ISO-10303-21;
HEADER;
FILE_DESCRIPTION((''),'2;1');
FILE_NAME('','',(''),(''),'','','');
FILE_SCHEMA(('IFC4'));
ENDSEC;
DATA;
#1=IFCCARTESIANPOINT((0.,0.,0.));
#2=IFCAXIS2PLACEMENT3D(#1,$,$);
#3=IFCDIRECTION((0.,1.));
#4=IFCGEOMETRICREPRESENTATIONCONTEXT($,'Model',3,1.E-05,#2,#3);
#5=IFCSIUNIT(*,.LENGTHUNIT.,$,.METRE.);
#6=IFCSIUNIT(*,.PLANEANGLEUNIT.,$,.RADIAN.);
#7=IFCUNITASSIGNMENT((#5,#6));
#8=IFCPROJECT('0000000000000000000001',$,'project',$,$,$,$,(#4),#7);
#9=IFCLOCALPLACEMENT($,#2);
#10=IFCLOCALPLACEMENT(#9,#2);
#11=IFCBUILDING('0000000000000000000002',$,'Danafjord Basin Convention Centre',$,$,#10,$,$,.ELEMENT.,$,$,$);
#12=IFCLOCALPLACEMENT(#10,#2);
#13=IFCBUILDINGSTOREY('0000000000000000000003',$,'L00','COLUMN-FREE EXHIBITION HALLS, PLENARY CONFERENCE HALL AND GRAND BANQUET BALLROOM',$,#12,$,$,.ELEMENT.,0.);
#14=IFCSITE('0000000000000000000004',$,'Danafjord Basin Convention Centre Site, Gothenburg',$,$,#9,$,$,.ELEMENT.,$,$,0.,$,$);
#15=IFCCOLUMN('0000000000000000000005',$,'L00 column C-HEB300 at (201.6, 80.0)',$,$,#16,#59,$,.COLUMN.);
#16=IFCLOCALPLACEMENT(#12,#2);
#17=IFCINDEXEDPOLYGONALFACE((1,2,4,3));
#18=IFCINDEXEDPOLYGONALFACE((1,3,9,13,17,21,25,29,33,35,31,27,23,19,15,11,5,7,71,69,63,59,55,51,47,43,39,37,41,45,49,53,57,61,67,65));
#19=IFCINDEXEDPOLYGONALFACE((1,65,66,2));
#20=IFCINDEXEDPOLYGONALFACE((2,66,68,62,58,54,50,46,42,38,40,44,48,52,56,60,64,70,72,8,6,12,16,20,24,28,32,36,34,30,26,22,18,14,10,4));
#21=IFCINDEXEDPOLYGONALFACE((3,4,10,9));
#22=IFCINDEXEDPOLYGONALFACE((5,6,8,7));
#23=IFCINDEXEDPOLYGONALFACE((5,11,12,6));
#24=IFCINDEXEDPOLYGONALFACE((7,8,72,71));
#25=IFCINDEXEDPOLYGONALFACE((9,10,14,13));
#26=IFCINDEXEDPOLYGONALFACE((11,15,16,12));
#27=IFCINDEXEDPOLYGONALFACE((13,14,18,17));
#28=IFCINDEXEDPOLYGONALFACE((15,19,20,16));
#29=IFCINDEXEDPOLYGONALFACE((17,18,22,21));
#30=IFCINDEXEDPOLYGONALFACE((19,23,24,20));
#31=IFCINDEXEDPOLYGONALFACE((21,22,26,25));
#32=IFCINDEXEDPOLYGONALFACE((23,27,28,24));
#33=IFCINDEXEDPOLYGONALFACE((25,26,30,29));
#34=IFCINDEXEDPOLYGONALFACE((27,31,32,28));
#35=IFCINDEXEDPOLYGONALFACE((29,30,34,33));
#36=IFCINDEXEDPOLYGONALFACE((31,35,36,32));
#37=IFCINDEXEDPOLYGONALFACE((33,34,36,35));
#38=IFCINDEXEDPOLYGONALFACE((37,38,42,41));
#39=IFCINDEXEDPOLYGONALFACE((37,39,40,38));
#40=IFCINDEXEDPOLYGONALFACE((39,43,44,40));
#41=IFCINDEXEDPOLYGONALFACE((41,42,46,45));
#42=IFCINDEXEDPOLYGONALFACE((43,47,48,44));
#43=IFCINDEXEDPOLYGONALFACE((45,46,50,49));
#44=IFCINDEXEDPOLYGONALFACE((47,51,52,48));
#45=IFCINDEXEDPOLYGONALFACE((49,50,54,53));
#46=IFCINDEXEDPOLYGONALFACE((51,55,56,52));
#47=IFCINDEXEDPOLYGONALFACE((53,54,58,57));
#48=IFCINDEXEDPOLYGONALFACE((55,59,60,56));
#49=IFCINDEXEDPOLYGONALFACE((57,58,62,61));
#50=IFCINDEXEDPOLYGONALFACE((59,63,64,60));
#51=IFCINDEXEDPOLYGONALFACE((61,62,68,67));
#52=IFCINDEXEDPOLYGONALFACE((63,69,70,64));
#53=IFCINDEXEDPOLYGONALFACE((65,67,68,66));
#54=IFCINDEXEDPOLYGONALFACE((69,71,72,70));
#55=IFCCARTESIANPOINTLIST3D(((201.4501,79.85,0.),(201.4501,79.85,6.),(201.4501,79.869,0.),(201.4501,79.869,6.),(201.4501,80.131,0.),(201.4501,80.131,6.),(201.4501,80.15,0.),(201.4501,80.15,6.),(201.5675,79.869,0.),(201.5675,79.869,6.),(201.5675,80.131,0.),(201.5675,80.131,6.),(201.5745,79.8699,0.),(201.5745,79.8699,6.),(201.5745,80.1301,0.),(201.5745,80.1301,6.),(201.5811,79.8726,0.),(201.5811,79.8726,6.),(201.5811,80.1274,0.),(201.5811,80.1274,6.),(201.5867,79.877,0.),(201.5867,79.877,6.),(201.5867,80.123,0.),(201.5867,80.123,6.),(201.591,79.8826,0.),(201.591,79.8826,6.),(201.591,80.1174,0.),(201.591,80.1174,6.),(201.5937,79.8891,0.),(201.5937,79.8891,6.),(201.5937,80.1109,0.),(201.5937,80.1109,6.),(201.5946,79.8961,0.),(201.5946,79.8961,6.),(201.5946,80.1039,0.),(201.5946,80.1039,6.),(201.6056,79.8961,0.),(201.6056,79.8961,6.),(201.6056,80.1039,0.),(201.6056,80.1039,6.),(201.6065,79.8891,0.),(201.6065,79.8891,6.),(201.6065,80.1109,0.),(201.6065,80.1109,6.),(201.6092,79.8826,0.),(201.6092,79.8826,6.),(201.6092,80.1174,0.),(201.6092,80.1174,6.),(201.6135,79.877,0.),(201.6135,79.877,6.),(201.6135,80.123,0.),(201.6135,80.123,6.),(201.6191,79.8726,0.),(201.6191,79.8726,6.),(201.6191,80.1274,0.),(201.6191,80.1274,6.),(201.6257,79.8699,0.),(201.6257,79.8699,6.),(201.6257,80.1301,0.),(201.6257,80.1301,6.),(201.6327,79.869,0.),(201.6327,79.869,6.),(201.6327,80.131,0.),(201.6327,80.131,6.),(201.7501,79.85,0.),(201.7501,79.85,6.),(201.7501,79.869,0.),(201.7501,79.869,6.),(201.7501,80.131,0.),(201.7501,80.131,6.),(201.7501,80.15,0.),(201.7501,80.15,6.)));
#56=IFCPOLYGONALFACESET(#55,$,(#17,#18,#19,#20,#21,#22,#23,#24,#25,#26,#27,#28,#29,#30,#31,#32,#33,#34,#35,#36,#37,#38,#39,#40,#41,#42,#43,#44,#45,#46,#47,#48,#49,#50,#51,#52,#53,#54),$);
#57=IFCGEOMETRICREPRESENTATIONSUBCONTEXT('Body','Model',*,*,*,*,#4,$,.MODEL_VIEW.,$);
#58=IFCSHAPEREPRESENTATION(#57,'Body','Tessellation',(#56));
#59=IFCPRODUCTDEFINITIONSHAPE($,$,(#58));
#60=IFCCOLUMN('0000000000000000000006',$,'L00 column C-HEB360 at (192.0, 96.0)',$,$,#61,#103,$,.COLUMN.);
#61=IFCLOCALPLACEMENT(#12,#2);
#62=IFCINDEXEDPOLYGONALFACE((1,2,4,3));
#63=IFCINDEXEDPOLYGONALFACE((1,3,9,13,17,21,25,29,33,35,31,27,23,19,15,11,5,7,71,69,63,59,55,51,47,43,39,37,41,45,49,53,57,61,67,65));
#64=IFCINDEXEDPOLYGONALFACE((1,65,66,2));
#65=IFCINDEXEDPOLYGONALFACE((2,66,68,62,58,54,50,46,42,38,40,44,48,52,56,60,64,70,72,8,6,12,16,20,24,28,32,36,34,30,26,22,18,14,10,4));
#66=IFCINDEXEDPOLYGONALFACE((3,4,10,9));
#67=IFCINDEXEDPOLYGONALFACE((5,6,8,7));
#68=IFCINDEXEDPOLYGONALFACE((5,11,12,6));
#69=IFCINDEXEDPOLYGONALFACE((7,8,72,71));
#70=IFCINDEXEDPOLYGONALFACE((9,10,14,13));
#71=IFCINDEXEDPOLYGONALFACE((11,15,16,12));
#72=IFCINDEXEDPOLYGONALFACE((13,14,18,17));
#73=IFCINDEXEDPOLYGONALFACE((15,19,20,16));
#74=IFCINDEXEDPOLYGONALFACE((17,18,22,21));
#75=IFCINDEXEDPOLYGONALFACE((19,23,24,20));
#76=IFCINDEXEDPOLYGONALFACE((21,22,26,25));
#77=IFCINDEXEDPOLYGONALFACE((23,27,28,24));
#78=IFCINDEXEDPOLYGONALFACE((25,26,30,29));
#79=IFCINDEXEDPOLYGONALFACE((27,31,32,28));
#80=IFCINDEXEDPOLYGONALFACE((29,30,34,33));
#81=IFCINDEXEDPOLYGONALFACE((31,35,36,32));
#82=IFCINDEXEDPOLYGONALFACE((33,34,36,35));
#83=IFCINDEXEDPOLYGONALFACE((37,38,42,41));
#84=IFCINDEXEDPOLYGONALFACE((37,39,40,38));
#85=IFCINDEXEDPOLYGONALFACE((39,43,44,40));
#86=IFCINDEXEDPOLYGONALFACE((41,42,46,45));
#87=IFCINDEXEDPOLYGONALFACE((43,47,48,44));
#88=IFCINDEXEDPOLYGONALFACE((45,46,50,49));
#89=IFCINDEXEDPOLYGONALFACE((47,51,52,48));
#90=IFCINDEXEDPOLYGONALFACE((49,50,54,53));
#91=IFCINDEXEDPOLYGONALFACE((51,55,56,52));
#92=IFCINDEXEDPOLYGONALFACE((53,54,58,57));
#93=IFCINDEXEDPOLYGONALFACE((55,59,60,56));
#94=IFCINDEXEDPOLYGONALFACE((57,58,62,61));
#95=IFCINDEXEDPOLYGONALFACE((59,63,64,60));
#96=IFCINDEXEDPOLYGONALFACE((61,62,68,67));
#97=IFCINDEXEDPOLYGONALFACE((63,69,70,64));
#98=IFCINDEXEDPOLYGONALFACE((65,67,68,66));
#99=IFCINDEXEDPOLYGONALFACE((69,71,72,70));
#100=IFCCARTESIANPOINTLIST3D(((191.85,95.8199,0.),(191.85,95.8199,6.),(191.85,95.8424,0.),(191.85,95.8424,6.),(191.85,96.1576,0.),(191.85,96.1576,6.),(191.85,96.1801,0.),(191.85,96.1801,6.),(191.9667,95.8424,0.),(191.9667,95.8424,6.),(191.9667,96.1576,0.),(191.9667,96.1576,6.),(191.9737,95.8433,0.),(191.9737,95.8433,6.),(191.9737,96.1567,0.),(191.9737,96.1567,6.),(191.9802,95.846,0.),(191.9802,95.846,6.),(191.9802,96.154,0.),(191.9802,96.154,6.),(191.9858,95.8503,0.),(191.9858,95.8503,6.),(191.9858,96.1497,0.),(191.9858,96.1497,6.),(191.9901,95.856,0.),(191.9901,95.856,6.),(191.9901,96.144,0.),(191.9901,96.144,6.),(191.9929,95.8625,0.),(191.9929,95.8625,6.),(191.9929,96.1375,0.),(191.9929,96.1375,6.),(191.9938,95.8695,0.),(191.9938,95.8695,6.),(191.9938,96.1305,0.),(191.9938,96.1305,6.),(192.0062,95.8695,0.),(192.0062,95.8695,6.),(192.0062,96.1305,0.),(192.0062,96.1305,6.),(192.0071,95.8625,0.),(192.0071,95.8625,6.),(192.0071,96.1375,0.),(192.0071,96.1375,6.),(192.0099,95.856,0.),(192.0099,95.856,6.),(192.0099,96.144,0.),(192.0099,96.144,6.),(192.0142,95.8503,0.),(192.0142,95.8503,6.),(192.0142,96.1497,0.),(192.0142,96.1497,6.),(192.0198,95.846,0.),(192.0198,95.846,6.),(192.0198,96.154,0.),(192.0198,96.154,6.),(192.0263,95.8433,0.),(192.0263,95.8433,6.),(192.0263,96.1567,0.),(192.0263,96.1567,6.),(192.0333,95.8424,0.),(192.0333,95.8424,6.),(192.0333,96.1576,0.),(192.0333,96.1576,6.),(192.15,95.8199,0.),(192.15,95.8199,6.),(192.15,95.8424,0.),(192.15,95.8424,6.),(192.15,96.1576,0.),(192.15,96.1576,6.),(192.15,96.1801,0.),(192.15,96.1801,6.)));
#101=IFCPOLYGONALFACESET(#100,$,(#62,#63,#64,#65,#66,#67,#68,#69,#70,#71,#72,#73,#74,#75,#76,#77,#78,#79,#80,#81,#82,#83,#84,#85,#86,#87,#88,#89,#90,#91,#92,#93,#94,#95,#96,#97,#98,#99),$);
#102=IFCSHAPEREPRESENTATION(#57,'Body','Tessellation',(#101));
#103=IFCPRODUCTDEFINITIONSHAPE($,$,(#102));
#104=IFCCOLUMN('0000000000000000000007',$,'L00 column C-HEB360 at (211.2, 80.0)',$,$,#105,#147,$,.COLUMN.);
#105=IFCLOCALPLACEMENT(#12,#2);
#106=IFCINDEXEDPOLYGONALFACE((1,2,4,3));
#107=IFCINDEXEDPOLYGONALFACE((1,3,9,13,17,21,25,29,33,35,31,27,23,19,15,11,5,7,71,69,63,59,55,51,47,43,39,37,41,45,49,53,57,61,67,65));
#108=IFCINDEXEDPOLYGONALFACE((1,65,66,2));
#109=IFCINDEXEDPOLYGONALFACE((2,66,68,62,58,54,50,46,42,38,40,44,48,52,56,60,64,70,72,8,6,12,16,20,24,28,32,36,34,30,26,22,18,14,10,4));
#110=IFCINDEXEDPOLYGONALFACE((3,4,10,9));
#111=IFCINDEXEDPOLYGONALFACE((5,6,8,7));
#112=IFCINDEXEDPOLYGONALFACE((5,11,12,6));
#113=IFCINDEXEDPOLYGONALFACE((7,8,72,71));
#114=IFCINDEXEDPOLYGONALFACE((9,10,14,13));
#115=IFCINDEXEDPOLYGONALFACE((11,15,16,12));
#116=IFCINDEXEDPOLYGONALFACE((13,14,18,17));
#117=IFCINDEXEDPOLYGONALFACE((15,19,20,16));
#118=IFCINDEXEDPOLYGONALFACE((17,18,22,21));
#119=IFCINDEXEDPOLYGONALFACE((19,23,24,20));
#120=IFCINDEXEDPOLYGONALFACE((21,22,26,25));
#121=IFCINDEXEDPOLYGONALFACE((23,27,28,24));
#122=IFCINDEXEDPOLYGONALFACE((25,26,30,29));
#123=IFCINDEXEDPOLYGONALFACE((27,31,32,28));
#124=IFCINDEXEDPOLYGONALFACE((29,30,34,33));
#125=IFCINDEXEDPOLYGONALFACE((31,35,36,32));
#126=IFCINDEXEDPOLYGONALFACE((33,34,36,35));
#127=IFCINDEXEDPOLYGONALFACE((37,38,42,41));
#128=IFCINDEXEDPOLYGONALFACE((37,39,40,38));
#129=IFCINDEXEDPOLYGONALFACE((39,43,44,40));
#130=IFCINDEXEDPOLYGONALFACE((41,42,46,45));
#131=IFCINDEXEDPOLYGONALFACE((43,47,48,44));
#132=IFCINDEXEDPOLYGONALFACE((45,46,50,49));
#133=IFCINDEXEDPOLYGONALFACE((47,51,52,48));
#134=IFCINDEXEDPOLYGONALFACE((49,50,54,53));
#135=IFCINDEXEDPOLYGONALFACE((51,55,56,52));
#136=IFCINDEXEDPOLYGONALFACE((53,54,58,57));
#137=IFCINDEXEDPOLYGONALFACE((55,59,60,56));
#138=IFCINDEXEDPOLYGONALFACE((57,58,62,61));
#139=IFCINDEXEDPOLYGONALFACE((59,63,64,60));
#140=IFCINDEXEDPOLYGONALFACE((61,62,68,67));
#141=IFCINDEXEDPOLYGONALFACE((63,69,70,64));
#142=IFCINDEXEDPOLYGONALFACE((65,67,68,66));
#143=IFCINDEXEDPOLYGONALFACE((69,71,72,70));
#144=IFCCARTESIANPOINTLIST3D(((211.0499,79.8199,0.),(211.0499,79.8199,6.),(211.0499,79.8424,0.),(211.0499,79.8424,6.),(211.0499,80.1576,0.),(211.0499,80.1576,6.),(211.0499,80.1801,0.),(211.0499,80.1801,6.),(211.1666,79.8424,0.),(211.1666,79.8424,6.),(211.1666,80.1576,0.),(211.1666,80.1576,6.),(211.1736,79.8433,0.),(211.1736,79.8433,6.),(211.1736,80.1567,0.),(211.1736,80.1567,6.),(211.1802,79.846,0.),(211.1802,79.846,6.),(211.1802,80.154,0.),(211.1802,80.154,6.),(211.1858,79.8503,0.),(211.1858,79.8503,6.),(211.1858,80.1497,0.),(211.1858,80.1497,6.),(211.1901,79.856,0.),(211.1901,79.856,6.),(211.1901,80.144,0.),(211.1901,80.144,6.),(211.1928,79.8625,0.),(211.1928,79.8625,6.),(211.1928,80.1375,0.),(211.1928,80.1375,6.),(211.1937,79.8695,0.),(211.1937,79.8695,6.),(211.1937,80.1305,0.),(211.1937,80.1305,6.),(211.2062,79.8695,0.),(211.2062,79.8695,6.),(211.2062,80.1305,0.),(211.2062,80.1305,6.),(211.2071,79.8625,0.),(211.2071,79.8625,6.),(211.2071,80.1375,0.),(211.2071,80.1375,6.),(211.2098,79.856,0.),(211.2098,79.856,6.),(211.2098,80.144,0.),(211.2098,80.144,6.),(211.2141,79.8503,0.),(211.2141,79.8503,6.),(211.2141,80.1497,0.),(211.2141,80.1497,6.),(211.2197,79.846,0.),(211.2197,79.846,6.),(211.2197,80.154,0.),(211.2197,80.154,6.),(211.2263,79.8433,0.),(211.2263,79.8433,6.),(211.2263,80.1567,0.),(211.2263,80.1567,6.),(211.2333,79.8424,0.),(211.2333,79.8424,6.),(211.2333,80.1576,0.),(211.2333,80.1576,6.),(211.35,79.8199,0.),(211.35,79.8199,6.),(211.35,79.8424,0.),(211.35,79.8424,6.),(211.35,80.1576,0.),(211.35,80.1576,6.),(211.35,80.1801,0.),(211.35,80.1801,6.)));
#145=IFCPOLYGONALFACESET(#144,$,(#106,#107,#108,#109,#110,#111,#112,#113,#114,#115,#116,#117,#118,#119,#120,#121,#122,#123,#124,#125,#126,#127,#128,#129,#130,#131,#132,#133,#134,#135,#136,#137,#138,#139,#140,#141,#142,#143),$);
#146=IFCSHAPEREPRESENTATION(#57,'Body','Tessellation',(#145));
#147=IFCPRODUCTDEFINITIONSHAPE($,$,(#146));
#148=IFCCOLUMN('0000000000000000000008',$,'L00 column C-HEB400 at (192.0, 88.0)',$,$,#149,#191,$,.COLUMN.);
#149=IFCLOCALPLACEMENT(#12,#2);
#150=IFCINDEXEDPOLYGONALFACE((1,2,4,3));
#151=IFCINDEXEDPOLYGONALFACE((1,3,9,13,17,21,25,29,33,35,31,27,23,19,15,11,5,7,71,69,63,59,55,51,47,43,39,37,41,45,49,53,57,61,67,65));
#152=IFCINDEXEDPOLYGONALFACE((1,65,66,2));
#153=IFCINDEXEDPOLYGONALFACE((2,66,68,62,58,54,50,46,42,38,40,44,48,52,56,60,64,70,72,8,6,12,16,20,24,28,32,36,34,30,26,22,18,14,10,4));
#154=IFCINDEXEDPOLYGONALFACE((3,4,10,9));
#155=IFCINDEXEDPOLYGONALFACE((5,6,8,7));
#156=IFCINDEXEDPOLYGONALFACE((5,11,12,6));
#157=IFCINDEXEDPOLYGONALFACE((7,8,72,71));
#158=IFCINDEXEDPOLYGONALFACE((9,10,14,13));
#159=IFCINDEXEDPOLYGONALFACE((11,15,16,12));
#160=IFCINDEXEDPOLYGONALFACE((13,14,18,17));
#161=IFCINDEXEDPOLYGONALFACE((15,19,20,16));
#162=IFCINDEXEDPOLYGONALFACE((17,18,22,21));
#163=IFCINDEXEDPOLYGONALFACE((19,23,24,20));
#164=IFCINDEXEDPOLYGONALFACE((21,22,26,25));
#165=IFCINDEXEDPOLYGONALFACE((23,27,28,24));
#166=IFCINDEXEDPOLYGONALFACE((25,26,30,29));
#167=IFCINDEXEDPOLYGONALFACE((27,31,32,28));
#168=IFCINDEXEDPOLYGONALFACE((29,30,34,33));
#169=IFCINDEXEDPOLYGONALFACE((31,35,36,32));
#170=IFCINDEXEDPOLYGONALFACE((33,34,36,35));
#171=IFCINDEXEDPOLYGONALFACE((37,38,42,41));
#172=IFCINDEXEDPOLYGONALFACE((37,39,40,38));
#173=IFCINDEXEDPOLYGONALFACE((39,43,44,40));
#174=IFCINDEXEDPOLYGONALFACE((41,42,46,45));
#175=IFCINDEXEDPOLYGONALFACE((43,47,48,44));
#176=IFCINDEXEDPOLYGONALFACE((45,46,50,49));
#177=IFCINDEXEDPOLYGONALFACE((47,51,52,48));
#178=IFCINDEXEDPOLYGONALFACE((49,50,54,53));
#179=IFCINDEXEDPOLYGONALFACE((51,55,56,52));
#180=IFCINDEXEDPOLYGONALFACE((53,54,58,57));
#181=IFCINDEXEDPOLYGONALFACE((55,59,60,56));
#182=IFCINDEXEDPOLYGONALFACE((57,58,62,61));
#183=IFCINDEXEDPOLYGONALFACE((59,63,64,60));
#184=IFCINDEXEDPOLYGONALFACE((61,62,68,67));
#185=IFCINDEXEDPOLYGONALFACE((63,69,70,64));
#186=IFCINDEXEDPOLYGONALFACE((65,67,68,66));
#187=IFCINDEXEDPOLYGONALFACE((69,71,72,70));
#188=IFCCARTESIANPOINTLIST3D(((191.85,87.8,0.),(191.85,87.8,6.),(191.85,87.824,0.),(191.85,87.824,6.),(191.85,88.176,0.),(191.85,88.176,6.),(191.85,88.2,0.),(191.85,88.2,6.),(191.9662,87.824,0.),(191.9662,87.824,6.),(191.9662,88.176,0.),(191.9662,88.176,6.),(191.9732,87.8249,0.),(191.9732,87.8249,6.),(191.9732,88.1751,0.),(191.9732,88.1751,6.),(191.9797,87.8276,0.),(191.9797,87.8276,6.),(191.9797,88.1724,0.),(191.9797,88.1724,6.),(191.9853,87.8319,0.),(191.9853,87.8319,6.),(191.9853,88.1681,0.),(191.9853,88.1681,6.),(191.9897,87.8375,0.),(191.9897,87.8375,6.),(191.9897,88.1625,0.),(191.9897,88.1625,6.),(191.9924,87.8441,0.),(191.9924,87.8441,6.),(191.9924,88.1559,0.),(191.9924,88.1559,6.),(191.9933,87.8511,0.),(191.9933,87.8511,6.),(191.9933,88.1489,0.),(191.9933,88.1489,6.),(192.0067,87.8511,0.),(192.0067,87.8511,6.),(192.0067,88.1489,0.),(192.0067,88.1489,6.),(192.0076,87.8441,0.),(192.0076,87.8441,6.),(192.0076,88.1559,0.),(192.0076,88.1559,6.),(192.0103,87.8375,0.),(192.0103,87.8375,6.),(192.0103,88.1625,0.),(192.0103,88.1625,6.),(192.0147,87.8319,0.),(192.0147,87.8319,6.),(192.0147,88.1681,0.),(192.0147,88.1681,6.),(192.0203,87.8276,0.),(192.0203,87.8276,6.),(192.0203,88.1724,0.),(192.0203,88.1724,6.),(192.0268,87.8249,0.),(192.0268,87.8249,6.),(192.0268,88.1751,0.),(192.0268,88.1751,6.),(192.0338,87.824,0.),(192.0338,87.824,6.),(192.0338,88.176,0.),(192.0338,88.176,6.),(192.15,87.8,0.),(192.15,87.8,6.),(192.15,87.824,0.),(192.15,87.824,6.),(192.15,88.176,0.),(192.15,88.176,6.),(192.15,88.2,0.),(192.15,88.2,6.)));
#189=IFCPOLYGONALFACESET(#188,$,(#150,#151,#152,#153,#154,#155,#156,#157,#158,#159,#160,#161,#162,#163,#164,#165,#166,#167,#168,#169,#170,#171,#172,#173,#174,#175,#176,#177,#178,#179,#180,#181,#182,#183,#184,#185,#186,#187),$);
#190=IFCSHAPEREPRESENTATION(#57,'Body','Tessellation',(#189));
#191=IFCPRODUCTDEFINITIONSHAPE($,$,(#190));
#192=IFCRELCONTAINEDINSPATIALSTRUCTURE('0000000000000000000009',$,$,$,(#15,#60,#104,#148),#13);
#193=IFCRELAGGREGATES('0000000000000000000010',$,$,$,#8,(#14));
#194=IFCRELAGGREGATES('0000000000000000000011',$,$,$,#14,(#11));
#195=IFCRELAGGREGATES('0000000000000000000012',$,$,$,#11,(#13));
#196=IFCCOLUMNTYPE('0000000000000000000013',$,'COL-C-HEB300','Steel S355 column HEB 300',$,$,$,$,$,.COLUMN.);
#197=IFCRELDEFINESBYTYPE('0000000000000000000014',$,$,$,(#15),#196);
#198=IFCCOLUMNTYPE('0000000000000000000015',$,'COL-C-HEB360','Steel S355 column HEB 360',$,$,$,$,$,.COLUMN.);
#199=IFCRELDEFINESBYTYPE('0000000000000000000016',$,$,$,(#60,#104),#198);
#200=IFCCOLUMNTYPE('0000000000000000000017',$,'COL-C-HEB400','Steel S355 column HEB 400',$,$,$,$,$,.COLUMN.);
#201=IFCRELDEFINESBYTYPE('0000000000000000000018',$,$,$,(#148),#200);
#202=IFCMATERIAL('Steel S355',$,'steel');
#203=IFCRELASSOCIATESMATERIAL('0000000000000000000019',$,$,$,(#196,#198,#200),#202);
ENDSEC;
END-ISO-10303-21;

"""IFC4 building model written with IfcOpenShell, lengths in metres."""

from ifc_helpers import new_model, si_unit, direction, frame, origin, origin_2d, place, context, subcontext, project, spatial, i_section, extrude, material, material_profile, profile_set, type_object, element, save


model = new_model("IFC4")

# Units and contexts
model_context = context("Model", 3, precision=1e-05, world=origin(), true_north=direction((0.0, 1.0)))
body_context = subcontext(model_context, "Body", "Model", "MODEL_VIEW")
ifc_project = project(units=[si_unit("LENGTHUNIT", "METRE"), si_unit("PLANEANGLEUNIT", "RADIAN")], contexts=[model_context])

# Site, building, storey
site_placement = place(None, origin())
site = spatial("IfcSite", under=ifc_project, at=site_placement, Name="Danafjord Basin Convention Centre Site, Gothenburg", CompositionType="ELEMENT", RefElevation=0.0)
building_placement = place(site_placement, origin())
building = spatial("IfcBuilding", under=site, at=building_placement, Name="Danafjord Basin Convention Centre", CompositionType="ELEMENT")
storey_placement = place(building_placement, origin())
storey = spatial("IfcBuildingStorey", under=building, at=storey_placement, Name="L00", Description="COLUMN-FREE EXHIBITION HALLS, PLENARY CONFERENCE HALL AND GRAND BANQUET BALLROOM", CompositionType="ELEMENT", Elevation=0.0)

# Columns
ifc_material_1 = material(Name="Steel S355", Category="steel")
ifc_material_profile_1 = material_profile(ifc_material_1, i_section(OverallWidth=0.3, OverallDepth=0.3, WebThickness=0.011, FlangeThickness=0.019, FilletRadius=0.0271, at=origin_2d()), Name="HEB 300")
ifc_profile_set_1 = profile_set([ifc_material_profile_1], Name="Steel S355")
column_type_1 = type_object("IfcColumnType", Name="COL-C-HEB300", Description="Steel S355 column HEB 300", PredefinedType="COLUMN", material=ifc_profile_set_1)
column_1_placement = place(storey_placement, frame((201.6001, 80.0, 0.0), z_axis=(0.0, 0.0, 1.0), x_axis=(1.0, 0.0, 0.0)))
element("IfcColumn", 1, at=column_1_placement, inside=storey, type_object=column_type_1, Name="L00 column C-HEB300 at (201.6, 80.0)", PredefinedType="COLUMN", context=body_context, shape_type="SweptSolid", body=[
    extrude(i_section(OverallWidth=0.3, OverallDepth=0.3, WebThickness=0.011, FlangeThickness=0.019, FilletRadius=0.0271, at=origin_2d()), origin(), (0.0, 0.0, 1.0), 6.0),
])
ifc_material_profile_2 = material_profile(ifc_material_1, i_section(OverallWidth=0.3, OverallDepth=0.3601, WebThickness=0.0125, FlangeThickness=0.0225, FilletRadius=0.0271, at=origin_2d()), Name="HEB 360")
ifc_profile_set_2 = profile_set([ifc_material_profile_2], Name="Steel S355")
column_type_2 = type_object("IfcColumnType", Name="COL-C-HEB360", Description="Steel S355 column HEB 360", PredefinedType="COLUMN", material=ifc_profile_set_2)
for number, where, z_axis, x_axis, name in (
    (2, (192.0, 96.0, 0.0), (0.0, 0.0, 1.0), (1.0, 0.0, 0.0), "L00 column C-HEB360 at (192.0, 96.0)"),
    (3, (211.2, 80.0, 0.0), (0.0, 0.0, 1.0), (1.0, 0.0, 0.0), "L00 column C-HEB360 at (211.2, 80.0)"),
):
    element("IfcColumn", number, at=place(storey_placement, frame(where, z_axis=z_axis, x_axis=x_axis)), inside=storey, type_object=column_type_2, Name=name, PredefinedType="COLUMN", context=body_context, shape_type="SweptSolid", body=[
        extrude(i_section(OverallWidth=0.3, OverallDepth=0.3601, WebThickness=0.0125, FlangeThickness=0.0225, FilletRadius=0.0271, at=origin_2d()), origin(), (0.0, 0.0, 1.0), 6.0),
    ])
ifc_material_profile_3 = material_profile(ifc_material_1, i_section(OverallWidth=0.3, OverallDepth=0.3999, WebThickness=0.0134, FlangeThickness=0.0239, FilletRadius=0.0271, at=origin_2d()), Name="HEB 400")
ifc_profile_set_3 = profile_set([ifc_material_profile_3], Name="Steel S355")
column_type_3 = type_object("IfcColumnType", Name="COL-C-HEB400", Description="Steel S355 column HEB 400", PredefinedType="COLUMN", material=ifc_profile_set_3)
column_2_placement = place(storey_placement, frame((192.0, 88.0, 0.0), z_axis=(0.0, 0.0, 1.0), x_axis=(1.0, 0.0, 0.0)))
element("IfcColumn", 4, at=column_2_placement, inside=storey, type_object=column_type_3, Name="L00 column C-HEB400 at (192.0, 88.0)", PredefinedType="COLUMN", context=body_context, shape_type="SweptSolid", body=[
    extrude(i_section(OverallWidth=0.3, OverallDepth=0.3999, WebThickness=0.0134, FlangeThickness=0.0239, FilletRadius=0.0271, at=origin_2d()), origin(), (0.0, 0.0, 1.0), 6.0),
])

save(model, "model.ifc")
